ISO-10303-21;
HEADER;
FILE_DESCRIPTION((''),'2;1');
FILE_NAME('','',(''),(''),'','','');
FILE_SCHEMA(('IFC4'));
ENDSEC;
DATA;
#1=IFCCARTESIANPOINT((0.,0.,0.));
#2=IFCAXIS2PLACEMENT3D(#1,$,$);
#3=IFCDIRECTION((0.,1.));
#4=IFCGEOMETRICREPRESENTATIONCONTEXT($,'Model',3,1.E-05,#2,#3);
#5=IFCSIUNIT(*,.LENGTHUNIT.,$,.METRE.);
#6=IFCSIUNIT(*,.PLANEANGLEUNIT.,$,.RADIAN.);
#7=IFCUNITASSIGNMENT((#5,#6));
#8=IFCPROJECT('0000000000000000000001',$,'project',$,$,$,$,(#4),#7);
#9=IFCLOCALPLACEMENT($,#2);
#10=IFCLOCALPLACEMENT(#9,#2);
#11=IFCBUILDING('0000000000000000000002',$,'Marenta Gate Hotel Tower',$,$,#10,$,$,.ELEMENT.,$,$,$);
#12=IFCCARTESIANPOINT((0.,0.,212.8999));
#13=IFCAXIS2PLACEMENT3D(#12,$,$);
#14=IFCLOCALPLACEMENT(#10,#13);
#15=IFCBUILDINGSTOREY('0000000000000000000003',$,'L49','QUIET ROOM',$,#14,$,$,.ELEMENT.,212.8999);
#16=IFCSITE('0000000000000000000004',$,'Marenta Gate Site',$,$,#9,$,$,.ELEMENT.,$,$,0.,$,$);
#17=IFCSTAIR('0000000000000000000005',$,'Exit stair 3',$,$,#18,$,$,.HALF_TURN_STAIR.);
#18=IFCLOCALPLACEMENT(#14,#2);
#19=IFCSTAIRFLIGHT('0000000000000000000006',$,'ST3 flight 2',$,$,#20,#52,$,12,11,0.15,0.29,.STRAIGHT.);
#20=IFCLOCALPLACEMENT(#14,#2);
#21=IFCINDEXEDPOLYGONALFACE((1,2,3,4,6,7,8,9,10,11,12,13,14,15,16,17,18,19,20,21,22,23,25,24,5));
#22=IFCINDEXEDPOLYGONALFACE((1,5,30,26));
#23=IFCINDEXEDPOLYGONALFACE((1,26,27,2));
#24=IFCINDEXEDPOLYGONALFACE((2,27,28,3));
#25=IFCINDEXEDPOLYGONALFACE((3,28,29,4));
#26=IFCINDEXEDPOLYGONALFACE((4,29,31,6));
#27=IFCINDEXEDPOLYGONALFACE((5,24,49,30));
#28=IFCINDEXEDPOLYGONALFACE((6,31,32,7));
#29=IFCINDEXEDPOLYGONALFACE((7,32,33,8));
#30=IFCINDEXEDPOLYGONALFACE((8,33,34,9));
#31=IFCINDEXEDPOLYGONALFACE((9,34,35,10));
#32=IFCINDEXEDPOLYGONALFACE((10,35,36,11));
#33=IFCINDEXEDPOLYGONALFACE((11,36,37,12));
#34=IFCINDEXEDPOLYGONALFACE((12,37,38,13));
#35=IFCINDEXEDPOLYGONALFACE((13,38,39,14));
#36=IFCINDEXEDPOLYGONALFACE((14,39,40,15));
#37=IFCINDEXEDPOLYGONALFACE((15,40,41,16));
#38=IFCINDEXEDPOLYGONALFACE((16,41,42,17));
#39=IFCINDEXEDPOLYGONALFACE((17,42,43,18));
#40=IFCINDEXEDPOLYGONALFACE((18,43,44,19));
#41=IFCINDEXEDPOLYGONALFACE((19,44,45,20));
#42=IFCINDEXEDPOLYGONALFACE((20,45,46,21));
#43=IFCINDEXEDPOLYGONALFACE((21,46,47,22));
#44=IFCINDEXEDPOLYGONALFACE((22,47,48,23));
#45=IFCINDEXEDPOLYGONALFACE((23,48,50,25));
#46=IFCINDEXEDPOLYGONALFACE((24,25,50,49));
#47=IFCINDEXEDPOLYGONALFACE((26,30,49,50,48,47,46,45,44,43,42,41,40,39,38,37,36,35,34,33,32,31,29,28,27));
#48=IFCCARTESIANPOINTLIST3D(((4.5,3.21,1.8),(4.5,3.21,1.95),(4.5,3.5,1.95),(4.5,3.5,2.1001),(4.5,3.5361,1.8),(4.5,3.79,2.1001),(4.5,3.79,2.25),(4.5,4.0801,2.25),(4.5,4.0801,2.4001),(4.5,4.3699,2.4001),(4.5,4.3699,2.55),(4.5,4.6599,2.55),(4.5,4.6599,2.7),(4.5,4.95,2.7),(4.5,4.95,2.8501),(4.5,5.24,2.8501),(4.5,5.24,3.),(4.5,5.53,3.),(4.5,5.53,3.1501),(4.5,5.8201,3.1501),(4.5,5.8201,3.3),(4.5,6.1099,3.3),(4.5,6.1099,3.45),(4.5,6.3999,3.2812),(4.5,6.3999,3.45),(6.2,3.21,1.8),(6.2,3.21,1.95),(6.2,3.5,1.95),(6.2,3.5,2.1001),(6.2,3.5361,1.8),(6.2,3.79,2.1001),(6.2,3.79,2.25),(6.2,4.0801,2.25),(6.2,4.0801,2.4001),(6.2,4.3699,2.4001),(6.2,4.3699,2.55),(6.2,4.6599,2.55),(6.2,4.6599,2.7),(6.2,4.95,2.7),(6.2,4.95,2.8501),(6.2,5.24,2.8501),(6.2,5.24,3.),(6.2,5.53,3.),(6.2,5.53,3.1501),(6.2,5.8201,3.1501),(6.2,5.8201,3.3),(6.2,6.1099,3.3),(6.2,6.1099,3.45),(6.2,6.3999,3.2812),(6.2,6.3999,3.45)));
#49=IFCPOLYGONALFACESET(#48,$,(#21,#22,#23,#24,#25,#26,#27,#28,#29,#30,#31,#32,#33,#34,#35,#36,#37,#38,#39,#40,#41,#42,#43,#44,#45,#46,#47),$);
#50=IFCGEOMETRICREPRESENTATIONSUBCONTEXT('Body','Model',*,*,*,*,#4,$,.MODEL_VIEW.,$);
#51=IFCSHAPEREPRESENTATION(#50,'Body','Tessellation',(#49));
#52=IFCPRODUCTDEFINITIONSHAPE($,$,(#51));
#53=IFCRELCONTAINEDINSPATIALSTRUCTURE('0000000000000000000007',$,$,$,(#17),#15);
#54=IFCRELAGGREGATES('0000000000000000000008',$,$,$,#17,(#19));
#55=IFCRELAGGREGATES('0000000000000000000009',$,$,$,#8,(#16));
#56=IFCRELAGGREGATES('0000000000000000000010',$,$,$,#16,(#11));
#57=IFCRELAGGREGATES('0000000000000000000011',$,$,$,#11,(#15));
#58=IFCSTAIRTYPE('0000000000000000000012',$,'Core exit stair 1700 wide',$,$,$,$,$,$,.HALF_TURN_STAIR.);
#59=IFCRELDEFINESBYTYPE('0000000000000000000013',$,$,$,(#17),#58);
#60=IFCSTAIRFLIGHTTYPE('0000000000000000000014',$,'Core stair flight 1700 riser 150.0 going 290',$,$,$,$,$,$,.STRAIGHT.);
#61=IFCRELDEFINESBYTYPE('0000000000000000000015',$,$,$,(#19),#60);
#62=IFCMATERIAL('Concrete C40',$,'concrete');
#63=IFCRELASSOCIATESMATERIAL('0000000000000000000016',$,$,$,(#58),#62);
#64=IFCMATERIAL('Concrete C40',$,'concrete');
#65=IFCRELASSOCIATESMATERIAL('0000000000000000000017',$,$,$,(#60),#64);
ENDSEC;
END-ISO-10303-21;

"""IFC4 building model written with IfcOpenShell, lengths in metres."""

from ifc_helpers import new_model, si_unit, direction, frame, origin, place, context, subcontext, project, spatial, polyline, outline, extrude, material, type_object, element, aggregate, save


model = new_model("IFC4")

# Units and contexts
model_context = context("Model", 3, precision=1e-05, world=origin(), true_north=direction((0.0, 1.0)))
body_context = subcontext(model_context, "Body", "Model", "MODEL_VIEW")
ifc_project = project(units=[si_unit("LENGTHUNIT", "METRE"), si_unit("PLANEANGLEUNIT", "RADIAN")], contexts=[model_context])

# Site, building, storey
site_placement = place(None, origin())
site = spatial("IfcSite", under=ifc_project, at=site_placement, Name="Marenta Gate Site", CompositionType="ELEMENT", RefElevation=0.0)
building_placement = place(site_placement, origin())
building = spatial("IfcBuilding", under=site, at=building_placement, Name="Marenta Gate Hotel Tower", CompositionType="ELEMENT")
storey_placement = place(building_placement, frame((0.0, 0.0, 212.8999)))
storey = spatial("IfcBuildingStorey", under=building, at=storey_placement, Name="L49", Description="QUIET ROOM", CompositionType="ELEMENT", Elevation=212.8999)

# Stair, stair flight
ifc_material_1 = material(Name="Concrete C40", Category="concrete")
stair_type = type_object("IfcStairType", Name="Core exit stair 1700 wide", PredefinedType="HALF_TURN_STAIR", material=ifc_material_1)
stair_placement = place(storey_placement, origin())
stair = element("IfcStair", 1, at=stair_placement, inside=storey, type_object=stair_type, Name="Exit stair 3", PredefinedType="HALF_TURN_STAIR")
ifc_material_2 = material(Name="Concrete C40", Category="concrete")
stair_flight_type = type_object("IfcStairFlightType", Name="Core stair flight 1700 riser 150.0 going 290", PredefinedType="STRAIGHT", material=ifc_material_2)
stair_flight_1_placement = place(storey_placement, frame((5.3501, 3.21, 1.8), z_axis=(0.0, 0.0, 1.0), x_axis=(0.0, 1.0, 0.0)))
stair_flight_1 = element("IfcStairFlight", 2, at=stair_flight_1_placement, type_object=stair_flight_type, Name="ST3 flight 2", NumberOfRisers=12, NumberOfTreads=11, PredefinedType="STRAIGHT", RiserHeight=0.15, TreadLength=0.29, context=body_context, shape_type="SweptSolid", body=[
    extrude(outline(polyline([(0.0, 0.0), (0.0, 0.1499), (0.29, 0.1499), (0.29, 0.3), (0.5801, 0.3), (0.5801, 0.45), (0.8701, 0.45), (0.8701, 0.6001), (1.1599, 0.6001), (1.1599, 0.75), (1.45, 0.75), (1.45, 0.8999), (1.74, 0.8999), (1.74, 1.05), (2.03, 1.05), (2.03, 1.2), (2.3201, 1.2), (2.3201, 1.3501), (2.6101, 1.3501), (2.6101, 1.5), (2.8999, 1.5), (2.8999, 1.6499), (3.1899, 1.6499), (3.1899, 1.8), (3.1899, 1.4812), (0.3262, 0.0), (0.0, 0.0)])), frame((0.0, 0.8501, 0.0), z_axis=(0.0, -1.0, 0.0), x_axis=(1.0, 0.0, 0.0)), (0.0, 0.0, 1.0), 1.7),
])
aggregate(stair, [stair_flight_1])

save(model, "model.ifc")
